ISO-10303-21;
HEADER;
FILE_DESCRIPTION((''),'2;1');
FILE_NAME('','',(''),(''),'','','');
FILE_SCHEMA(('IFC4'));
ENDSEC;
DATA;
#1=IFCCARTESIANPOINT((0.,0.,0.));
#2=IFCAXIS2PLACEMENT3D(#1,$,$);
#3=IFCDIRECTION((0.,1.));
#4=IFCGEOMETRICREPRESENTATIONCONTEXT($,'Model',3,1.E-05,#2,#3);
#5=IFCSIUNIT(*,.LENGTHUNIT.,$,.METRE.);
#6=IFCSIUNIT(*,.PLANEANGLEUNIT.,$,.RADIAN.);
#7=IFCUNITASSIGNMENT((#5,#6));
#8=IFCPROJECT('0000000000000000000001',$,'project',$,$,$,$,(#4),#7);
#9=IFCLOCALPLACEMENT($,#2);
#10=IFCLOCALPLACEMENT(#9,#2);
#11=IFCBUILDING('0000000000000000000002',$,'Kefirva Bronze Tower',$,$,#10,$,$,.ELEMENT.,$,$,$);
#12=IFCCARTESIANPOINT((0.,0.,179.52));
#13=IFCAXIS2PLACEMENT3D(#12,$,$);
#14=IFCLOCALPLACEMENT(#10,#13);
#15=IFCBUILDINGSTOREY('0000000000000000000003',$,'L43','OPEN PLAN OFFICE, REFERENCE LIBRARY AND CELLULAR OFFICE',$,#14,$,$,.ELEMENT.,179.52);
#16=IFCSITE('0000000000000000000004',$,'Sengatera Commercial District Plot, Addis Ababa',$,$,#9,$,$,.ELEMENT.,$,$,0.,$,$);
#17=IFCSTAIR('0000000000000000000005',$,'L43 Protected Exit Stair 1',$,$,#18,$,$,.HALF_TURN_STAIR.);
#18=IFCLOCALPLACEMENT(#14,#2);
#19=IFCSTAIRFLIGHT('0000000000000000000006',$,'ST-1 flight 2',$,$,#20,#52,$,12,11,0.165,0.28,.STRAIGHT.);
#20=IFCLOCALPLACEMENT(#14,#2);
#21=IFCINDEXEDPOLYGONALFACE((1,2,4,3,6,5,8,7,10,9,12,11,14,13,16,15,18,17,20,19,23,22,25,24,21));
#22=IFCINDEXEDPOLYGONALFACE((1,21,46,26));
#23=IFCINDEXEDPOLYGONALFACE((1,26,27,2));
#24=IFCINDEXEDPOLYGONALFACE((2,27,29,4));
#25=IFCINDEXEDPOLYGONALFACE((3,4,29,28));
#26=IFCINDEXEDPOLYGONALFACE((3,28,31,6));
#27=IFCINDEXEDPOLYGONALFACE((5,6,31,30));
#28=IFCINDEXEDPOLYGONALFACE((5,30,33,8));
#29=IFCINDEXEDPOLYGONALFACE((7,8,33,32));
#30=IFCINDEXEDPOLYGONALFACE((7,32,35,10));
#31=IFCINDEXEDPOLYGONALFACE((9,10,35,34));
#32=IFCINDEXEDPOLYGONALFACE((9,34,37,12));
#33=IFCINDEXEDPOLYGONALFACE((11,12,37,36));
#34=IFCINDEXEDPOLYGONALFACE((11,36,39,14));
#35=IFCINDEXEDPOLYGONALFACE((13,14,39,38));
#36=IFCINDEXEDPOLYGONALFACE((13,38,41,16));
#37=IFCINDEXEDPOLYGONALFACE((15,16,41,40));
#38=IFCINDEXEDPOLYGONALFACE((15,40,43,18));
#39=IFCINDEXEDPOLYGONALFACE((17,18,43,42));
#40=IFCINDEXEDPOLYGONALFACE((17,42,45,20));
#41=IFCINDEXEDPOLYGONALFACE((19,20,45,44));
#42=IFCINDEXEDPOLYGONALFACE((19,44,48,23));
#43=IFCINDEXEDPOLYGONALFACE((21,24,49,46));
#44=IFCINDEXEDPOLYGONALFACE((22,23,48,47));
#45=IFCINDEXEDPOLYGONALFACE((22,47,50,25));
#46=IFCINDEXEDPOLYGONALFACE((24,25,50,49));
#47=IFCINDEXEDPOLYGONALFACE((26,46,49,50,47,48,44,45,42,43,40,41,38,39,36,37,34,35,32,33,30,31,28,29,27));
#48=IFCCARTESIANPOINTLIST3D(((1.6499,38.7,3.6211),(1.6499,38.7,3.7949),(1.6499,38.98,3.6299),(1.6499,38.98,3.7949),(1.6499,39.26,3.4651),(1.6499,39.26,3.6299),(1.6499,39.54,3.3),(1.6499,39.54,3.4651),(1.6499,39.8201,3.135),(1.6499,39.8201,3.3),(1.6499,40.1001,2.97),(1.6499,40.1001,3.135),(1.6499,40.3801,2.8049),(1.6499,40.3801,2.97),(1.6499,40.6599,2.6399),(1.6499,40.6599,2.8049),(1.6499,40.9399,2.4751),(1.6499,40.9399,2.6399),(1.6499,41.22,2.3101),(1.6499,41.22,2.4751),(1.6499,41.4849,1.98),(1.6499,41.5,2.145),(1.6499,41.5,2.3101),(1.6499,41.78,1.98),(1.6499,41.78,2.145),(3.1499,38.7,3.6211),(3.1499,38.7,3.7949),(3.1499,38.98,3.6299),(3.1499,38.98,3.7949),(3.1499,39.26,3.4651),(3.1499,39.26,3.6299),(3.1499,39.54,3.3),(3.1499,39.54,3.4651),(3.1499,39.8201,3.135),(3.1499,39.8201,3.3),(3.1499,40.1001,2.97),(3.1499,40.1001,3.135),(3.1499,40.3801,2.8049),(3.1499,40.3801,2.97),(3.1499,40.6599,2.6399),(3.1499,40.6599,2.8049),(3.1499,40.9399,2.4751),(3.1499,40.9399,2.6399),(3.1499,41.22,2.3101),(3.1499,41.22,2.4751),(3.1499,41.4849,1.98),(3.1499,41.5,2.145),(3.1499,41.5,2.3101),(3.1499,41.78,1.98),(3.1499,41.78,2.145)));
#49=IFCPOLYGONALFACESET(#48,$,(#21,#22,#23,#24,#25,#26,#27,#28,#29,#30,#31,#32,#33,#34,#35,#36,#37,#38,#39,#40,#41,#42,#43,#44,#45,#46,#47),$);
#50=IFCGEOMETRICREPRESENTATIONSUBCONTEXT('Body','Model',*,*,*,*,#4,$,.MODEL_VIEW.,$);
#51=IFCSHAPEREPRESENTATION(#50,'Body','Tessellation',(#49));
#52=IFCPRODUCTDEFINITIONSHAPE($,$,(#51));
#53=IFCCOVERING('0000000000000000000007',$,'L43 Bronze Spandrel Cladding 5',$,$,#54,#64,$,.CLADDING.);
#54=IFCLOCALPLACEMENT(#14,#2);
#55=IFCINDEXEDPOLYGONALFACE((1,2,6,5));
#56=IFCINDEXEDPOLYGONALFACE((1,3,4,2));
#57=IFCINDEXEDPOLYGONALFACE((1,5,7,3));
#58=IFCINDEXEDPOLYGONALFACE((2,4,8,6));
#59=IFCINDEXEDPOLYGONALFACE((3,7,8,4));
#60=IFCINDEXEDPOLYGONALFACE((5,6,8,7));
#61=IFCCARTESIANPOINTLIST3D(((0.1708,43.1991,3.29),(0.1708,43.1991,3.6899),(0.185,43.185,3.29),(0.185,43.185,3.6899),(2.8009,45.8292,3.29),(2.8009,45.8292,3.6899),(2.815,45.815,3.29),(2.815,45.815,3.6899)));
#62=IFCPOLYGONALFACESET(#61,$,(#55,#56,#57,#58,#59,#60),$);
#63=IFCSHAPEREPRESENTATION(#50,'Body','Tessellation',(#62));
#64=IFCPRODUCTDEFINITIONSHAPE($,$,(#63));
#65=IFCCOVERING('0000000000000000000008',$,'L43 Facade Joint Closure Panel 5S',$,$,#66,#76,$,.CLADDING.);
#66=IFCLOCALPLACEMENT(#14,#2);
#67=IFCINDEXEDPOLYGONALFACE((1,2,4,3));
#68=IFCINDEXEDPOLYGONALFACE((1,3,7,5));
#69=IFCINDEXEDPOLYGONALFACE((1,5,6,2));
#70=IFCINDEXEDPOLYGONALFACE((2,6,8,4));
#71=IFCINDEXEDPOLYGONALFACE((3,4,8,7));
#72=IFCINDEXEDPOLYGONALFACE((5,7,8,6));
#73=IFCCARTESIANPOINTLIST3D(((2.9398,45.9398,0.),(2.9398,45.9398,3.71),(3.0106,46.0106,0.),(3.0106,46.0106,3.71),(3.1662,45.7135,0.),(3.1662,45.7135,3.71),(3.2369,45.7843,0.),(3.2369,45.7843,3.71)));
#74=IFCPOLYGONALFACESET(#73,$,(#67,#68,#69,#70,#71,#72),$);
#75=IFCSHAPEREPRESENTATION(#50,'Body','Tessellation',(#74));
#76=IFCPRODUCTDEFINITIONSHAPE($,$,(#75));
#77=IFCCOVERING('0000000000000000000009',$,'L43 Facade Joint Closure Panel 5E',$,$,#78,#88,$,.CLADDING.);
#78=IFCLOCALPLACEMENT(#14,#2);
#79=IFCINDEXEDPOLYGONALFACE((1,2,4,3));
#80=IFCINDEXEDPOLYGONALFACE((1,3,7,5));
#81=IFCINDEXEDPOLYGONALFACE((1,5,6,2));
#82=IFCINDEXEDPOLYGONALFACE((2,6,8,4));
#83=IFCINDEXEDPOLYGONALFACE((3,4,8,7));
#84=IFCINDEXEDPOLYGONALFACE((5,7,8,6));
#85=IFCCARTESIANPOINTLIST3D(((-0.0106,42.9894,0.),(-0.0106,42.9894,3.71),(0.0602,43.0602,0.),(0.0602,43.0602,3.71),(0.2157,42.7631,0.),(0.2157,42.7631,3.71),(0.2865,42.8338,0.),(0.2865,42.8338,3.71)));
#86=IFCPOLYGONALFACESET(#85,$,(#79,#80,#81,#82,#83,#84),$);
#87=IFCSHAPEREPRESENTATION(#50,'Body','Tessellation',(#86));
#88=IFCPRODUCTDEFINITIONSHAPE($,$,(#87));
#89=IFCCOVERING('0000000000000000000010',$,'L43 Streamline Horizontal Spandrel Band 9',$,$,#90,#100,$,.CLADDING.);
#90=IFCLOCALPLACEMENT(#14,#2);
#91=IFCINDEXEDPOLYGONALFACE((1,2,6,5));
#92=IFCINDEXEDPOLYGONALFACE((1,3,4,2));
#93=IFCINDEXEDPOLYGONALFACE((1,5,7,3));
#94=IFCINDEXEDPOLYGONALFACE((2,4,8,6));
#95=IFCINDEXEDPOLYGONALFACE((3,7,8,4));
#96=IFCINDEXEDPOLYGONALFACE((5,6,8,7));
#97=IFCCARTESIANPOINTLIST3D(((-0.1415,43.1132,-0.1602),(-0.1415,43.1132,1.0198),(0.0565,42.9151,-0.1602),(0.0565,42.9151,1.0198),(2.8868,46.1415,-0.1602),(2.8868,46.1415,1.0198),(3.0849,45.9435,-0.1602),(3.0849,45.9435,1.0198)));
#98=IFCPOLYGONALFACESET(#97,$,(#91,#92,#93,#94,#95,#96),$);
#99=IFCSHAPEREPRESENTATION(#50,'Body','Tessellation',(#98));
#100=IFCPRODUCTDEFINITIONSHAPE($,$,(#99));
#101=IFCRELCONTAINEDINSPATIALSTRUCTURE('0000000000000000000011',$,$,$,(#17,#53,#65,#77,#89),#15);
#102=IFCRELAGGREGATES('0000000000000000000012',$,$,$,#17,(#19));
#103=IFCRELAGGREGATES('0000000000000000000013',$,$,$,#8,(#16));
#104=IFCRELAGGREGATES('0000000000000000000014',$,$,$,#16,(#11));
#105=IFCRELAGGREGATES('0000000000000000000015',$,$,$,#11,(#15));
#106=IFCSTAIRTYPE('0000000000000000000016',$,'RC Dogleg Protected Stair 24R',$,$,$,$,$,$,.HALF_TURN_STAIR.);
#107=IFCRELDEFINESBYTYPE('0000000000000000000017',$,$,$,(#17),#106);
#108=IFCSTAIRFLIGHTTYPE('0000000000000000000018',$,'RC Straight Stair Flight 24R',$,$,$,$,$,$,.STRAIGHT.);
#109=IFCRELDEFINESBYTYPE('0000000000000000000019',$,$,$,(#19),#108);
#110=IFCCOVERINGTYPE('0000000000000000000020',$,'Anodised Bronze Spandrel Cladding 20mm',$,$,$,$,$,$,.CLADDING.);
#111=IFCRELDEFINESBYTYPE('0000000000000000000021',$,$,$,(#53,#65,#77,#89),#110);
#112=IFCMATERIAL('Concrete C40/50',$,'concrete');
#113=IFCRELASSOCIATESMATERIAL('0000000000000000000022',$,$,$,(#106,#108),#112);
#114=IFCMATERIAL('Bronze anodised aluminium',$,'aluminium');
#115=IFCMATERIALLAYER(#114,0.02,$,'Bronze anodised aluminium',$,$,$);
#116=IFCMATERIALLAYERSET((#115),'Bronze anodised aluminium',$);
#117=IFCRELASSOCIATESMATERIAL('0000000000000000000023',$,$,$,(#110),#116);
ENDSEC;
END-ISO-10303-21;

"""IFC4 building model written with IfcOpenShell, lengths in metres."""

from ifc_helpers import new_model, si_unit, direction, frame, origin, origin_2d, place, context, subcontext, project, spatial, polyline, rectangle, outline, extrude, material, layer, layer_set, type_object, element, aggregate, save


model = new_model("IFC4")

# Units and contexts
model_context = context("Model", 3, precision=1e-05, world=origin(), true_north=direction((0.0, 1.0)))
body_context = subcontext(model_context, "Body", "Model", "MODEL_VIEW")
ifc_project = project(units=[si_unit("LENGTHUNIT", "METRE"), si_unit("PLANEANGLEUNIT", "RADIAN")], contexts=[model_context])

# Site, building, storey
site_placement = place(None, origin())
site = spatial("IfcSite", under=ifc_project, at=site_placement, Name="Sengatera Commercial District Plot, Addis Ababa", CompositionType="ELEMENT", RefElevation=0.0)
building_placement = place(site_placement, origin())
building = spatial("IfcBuilding", under=site, at=building_placement, Name="Kefirva Bronze Tower", CompositionType="ELEMENT")
storey_placement = place(building_placement, frame((0.0, 0.0, 179.52)))
storey = spatial("IfcBuildingStorey", under=building, at=storey_placement, Name="L43", Description="OPEN PLAN OFFICE, REFERENCE LIBRARY AND CELLULAR OFFICE", CompositionType="ELEMENT", Elevation=179.52)

# Shared definitions
ifc_material_1 = material(Name="Bronze anodised aluminium", Category="aluminium")

# Stair, stair flight
ifc_material_2 = material(Name="Concrete C40/50", Category="concrete")
stair_type = type_object("IfcStairType", Name="RC Dogleg Protected Stair 24R", PredefinedType="HALF_TURN_STAIR", material=ifc_material_2)
stair_placement = place(storey_placement, origin())
stair = element("IfcStair", 1, at=stair_placement, inside=storey, type_object=stair_type, Name="L43 Protected Exit Stair 1", PredefinedType="HALF_TURN_STAIR")
stair_flight_type = type_object("IfcStairFlightType", Name="RC Straight Stair Flight 24R", PredefinedType="STRAIGHT", material=ifc_material_2)
stair_flight_1_placement = place(storey_placement, frame((2.3999, 41.78, 1.98), z_axis=(0.0, 0.0, 1.0), x_axis=(0.0, -1.0, 0.0)))
stair_flight_1 = element("IfcStairFlight", 2, at=stair_flight_1_placement, type_object=stair_flight_type, Name="ST-1 flight 2", NumberOfRisers=12, NumberOfTreads=11, PredefinedType="STRAIGHT", RiserHeight=0.165, TreadLength=0.28, context=body_context, shape_type="SweptSolid", body=[
    extrude(outline(polyline([(0.0, 0.0), (0.0, 0.165), (0.28, 0.165), (0.28, 0.3301), (0.5601, 0.3301), (0.5601, 0.4951), (0.8401, 0.4951), (0.8401, 0.6599), (1.1201, 0.6599), (1.1201, 0.825), (1.3999, 0.825), (1.3999, 0.99), (1.6799, 0.99), (1.6799, 1.155), (1.96, 1.155), (1.96, 1.3201), (2.24, 1.3201), (2.24, 1.4851), (2.52, 1.4851), (2.52, 1.6499), (2.8, 1.6499), (2.8, 1.8149), (3.0801, 1.8149), (3.0801, 1.98), (3.0801, 1.6411), (0.2952, 0.0), (0.0, 0.0)])), frame((0.0, 0.75, 0.0), z_axis=(0.0, -1.0, 0.0), x_axis=(1.0, 0.0, 0.0)), (0.0, 0.0, 1.0), 1.5),
])
aggregate(stair, [stair_flight_1])

# Coverings
ifc_layer_1 = layer(ifc_material_1, 0.02, Name="Bronze anodised aluminium")
ifc_layer_set_1 = layer_set([ifc_layer_1], Name="Bronze anodised aluminium")
covering_type_1 = type_object("IfcCoveringType", Name="Anodised Bronze Spandrel Cladding 20mm", PredefinedType="CLADDING", material=ifc_layer_set_1)
covering_1_placement = place(storey_placement, frame((1.4929, 44.5071, 3.29), z_axis=(0.0, 0.0, 1.0), x_axis=(-0.707107, -0.707107, 0.0)))
element("IfcCovering", 3, at=covering_1_placement, inside=storey, type_object=covering_type_1, Name="L43 Bronze Spandrel Cladding 5", PredefinedType="CLADDING", context=body_context, shape_type="SweptSolid", body=[
    extrude(rectangle(XDim=3.7195, YDim=0.02, at=origin_2d()), origin(), (0.0, 0.0, 1.0), 0.3999),
])
for number, where, z_axis, x_axis, name in (
    (4, (3.0884, 45.8621, 0.0), (0.0, 0.0, 1.0), (-0.707107, -0.707107, 0.0), "L43 Facade Joint Closure Panel 5S"),
    (5, (0.1379, 42.9116, 0.0), (0.0, 0.0, 1.0), (-0.707107, -0.707107, 0.0), "L43 Facade Joint Closure Panel 5E"),
):
    element("IfcCovering", number, at=place(storey_placement, frame(where, z_axis=z_axis, x_axis=x_axis)), inside=storey, type_object=covering_type_1, Name=name, PredefinedType="CLADDING", context=body_context, shape_type="SweptSolid", body=[
        extrude(rectangle(XDim=0.1001, YDim=0.3201, at=origin_2d()), origin(), (0.0, 0.0, 1.0), 3.71),
    ])
covering_2_placement = place(storey_placement, frame((1.4717, 44.5283, -0.1602), z_axis=(0.0, 0.0, 1.0), x_axis=(-0.707107, -0.707107, 0.0)))
element("IfcCovering", 6, at=covering_2_placement, inside=storey, type_object=covering_type_1, Name="L43 Streamline Horizontal Spandrel Band 9", PredefinedType="CLADDING", context=body_context, shape_type="SweptSolid", body=[
    extrude(rectangle(XDim=4.2827, YDim=0.28, at=origin_2d()), origin(), (0.0, 0.0, 1.0), 1.1799),
])

save(model, "model.ifc")
